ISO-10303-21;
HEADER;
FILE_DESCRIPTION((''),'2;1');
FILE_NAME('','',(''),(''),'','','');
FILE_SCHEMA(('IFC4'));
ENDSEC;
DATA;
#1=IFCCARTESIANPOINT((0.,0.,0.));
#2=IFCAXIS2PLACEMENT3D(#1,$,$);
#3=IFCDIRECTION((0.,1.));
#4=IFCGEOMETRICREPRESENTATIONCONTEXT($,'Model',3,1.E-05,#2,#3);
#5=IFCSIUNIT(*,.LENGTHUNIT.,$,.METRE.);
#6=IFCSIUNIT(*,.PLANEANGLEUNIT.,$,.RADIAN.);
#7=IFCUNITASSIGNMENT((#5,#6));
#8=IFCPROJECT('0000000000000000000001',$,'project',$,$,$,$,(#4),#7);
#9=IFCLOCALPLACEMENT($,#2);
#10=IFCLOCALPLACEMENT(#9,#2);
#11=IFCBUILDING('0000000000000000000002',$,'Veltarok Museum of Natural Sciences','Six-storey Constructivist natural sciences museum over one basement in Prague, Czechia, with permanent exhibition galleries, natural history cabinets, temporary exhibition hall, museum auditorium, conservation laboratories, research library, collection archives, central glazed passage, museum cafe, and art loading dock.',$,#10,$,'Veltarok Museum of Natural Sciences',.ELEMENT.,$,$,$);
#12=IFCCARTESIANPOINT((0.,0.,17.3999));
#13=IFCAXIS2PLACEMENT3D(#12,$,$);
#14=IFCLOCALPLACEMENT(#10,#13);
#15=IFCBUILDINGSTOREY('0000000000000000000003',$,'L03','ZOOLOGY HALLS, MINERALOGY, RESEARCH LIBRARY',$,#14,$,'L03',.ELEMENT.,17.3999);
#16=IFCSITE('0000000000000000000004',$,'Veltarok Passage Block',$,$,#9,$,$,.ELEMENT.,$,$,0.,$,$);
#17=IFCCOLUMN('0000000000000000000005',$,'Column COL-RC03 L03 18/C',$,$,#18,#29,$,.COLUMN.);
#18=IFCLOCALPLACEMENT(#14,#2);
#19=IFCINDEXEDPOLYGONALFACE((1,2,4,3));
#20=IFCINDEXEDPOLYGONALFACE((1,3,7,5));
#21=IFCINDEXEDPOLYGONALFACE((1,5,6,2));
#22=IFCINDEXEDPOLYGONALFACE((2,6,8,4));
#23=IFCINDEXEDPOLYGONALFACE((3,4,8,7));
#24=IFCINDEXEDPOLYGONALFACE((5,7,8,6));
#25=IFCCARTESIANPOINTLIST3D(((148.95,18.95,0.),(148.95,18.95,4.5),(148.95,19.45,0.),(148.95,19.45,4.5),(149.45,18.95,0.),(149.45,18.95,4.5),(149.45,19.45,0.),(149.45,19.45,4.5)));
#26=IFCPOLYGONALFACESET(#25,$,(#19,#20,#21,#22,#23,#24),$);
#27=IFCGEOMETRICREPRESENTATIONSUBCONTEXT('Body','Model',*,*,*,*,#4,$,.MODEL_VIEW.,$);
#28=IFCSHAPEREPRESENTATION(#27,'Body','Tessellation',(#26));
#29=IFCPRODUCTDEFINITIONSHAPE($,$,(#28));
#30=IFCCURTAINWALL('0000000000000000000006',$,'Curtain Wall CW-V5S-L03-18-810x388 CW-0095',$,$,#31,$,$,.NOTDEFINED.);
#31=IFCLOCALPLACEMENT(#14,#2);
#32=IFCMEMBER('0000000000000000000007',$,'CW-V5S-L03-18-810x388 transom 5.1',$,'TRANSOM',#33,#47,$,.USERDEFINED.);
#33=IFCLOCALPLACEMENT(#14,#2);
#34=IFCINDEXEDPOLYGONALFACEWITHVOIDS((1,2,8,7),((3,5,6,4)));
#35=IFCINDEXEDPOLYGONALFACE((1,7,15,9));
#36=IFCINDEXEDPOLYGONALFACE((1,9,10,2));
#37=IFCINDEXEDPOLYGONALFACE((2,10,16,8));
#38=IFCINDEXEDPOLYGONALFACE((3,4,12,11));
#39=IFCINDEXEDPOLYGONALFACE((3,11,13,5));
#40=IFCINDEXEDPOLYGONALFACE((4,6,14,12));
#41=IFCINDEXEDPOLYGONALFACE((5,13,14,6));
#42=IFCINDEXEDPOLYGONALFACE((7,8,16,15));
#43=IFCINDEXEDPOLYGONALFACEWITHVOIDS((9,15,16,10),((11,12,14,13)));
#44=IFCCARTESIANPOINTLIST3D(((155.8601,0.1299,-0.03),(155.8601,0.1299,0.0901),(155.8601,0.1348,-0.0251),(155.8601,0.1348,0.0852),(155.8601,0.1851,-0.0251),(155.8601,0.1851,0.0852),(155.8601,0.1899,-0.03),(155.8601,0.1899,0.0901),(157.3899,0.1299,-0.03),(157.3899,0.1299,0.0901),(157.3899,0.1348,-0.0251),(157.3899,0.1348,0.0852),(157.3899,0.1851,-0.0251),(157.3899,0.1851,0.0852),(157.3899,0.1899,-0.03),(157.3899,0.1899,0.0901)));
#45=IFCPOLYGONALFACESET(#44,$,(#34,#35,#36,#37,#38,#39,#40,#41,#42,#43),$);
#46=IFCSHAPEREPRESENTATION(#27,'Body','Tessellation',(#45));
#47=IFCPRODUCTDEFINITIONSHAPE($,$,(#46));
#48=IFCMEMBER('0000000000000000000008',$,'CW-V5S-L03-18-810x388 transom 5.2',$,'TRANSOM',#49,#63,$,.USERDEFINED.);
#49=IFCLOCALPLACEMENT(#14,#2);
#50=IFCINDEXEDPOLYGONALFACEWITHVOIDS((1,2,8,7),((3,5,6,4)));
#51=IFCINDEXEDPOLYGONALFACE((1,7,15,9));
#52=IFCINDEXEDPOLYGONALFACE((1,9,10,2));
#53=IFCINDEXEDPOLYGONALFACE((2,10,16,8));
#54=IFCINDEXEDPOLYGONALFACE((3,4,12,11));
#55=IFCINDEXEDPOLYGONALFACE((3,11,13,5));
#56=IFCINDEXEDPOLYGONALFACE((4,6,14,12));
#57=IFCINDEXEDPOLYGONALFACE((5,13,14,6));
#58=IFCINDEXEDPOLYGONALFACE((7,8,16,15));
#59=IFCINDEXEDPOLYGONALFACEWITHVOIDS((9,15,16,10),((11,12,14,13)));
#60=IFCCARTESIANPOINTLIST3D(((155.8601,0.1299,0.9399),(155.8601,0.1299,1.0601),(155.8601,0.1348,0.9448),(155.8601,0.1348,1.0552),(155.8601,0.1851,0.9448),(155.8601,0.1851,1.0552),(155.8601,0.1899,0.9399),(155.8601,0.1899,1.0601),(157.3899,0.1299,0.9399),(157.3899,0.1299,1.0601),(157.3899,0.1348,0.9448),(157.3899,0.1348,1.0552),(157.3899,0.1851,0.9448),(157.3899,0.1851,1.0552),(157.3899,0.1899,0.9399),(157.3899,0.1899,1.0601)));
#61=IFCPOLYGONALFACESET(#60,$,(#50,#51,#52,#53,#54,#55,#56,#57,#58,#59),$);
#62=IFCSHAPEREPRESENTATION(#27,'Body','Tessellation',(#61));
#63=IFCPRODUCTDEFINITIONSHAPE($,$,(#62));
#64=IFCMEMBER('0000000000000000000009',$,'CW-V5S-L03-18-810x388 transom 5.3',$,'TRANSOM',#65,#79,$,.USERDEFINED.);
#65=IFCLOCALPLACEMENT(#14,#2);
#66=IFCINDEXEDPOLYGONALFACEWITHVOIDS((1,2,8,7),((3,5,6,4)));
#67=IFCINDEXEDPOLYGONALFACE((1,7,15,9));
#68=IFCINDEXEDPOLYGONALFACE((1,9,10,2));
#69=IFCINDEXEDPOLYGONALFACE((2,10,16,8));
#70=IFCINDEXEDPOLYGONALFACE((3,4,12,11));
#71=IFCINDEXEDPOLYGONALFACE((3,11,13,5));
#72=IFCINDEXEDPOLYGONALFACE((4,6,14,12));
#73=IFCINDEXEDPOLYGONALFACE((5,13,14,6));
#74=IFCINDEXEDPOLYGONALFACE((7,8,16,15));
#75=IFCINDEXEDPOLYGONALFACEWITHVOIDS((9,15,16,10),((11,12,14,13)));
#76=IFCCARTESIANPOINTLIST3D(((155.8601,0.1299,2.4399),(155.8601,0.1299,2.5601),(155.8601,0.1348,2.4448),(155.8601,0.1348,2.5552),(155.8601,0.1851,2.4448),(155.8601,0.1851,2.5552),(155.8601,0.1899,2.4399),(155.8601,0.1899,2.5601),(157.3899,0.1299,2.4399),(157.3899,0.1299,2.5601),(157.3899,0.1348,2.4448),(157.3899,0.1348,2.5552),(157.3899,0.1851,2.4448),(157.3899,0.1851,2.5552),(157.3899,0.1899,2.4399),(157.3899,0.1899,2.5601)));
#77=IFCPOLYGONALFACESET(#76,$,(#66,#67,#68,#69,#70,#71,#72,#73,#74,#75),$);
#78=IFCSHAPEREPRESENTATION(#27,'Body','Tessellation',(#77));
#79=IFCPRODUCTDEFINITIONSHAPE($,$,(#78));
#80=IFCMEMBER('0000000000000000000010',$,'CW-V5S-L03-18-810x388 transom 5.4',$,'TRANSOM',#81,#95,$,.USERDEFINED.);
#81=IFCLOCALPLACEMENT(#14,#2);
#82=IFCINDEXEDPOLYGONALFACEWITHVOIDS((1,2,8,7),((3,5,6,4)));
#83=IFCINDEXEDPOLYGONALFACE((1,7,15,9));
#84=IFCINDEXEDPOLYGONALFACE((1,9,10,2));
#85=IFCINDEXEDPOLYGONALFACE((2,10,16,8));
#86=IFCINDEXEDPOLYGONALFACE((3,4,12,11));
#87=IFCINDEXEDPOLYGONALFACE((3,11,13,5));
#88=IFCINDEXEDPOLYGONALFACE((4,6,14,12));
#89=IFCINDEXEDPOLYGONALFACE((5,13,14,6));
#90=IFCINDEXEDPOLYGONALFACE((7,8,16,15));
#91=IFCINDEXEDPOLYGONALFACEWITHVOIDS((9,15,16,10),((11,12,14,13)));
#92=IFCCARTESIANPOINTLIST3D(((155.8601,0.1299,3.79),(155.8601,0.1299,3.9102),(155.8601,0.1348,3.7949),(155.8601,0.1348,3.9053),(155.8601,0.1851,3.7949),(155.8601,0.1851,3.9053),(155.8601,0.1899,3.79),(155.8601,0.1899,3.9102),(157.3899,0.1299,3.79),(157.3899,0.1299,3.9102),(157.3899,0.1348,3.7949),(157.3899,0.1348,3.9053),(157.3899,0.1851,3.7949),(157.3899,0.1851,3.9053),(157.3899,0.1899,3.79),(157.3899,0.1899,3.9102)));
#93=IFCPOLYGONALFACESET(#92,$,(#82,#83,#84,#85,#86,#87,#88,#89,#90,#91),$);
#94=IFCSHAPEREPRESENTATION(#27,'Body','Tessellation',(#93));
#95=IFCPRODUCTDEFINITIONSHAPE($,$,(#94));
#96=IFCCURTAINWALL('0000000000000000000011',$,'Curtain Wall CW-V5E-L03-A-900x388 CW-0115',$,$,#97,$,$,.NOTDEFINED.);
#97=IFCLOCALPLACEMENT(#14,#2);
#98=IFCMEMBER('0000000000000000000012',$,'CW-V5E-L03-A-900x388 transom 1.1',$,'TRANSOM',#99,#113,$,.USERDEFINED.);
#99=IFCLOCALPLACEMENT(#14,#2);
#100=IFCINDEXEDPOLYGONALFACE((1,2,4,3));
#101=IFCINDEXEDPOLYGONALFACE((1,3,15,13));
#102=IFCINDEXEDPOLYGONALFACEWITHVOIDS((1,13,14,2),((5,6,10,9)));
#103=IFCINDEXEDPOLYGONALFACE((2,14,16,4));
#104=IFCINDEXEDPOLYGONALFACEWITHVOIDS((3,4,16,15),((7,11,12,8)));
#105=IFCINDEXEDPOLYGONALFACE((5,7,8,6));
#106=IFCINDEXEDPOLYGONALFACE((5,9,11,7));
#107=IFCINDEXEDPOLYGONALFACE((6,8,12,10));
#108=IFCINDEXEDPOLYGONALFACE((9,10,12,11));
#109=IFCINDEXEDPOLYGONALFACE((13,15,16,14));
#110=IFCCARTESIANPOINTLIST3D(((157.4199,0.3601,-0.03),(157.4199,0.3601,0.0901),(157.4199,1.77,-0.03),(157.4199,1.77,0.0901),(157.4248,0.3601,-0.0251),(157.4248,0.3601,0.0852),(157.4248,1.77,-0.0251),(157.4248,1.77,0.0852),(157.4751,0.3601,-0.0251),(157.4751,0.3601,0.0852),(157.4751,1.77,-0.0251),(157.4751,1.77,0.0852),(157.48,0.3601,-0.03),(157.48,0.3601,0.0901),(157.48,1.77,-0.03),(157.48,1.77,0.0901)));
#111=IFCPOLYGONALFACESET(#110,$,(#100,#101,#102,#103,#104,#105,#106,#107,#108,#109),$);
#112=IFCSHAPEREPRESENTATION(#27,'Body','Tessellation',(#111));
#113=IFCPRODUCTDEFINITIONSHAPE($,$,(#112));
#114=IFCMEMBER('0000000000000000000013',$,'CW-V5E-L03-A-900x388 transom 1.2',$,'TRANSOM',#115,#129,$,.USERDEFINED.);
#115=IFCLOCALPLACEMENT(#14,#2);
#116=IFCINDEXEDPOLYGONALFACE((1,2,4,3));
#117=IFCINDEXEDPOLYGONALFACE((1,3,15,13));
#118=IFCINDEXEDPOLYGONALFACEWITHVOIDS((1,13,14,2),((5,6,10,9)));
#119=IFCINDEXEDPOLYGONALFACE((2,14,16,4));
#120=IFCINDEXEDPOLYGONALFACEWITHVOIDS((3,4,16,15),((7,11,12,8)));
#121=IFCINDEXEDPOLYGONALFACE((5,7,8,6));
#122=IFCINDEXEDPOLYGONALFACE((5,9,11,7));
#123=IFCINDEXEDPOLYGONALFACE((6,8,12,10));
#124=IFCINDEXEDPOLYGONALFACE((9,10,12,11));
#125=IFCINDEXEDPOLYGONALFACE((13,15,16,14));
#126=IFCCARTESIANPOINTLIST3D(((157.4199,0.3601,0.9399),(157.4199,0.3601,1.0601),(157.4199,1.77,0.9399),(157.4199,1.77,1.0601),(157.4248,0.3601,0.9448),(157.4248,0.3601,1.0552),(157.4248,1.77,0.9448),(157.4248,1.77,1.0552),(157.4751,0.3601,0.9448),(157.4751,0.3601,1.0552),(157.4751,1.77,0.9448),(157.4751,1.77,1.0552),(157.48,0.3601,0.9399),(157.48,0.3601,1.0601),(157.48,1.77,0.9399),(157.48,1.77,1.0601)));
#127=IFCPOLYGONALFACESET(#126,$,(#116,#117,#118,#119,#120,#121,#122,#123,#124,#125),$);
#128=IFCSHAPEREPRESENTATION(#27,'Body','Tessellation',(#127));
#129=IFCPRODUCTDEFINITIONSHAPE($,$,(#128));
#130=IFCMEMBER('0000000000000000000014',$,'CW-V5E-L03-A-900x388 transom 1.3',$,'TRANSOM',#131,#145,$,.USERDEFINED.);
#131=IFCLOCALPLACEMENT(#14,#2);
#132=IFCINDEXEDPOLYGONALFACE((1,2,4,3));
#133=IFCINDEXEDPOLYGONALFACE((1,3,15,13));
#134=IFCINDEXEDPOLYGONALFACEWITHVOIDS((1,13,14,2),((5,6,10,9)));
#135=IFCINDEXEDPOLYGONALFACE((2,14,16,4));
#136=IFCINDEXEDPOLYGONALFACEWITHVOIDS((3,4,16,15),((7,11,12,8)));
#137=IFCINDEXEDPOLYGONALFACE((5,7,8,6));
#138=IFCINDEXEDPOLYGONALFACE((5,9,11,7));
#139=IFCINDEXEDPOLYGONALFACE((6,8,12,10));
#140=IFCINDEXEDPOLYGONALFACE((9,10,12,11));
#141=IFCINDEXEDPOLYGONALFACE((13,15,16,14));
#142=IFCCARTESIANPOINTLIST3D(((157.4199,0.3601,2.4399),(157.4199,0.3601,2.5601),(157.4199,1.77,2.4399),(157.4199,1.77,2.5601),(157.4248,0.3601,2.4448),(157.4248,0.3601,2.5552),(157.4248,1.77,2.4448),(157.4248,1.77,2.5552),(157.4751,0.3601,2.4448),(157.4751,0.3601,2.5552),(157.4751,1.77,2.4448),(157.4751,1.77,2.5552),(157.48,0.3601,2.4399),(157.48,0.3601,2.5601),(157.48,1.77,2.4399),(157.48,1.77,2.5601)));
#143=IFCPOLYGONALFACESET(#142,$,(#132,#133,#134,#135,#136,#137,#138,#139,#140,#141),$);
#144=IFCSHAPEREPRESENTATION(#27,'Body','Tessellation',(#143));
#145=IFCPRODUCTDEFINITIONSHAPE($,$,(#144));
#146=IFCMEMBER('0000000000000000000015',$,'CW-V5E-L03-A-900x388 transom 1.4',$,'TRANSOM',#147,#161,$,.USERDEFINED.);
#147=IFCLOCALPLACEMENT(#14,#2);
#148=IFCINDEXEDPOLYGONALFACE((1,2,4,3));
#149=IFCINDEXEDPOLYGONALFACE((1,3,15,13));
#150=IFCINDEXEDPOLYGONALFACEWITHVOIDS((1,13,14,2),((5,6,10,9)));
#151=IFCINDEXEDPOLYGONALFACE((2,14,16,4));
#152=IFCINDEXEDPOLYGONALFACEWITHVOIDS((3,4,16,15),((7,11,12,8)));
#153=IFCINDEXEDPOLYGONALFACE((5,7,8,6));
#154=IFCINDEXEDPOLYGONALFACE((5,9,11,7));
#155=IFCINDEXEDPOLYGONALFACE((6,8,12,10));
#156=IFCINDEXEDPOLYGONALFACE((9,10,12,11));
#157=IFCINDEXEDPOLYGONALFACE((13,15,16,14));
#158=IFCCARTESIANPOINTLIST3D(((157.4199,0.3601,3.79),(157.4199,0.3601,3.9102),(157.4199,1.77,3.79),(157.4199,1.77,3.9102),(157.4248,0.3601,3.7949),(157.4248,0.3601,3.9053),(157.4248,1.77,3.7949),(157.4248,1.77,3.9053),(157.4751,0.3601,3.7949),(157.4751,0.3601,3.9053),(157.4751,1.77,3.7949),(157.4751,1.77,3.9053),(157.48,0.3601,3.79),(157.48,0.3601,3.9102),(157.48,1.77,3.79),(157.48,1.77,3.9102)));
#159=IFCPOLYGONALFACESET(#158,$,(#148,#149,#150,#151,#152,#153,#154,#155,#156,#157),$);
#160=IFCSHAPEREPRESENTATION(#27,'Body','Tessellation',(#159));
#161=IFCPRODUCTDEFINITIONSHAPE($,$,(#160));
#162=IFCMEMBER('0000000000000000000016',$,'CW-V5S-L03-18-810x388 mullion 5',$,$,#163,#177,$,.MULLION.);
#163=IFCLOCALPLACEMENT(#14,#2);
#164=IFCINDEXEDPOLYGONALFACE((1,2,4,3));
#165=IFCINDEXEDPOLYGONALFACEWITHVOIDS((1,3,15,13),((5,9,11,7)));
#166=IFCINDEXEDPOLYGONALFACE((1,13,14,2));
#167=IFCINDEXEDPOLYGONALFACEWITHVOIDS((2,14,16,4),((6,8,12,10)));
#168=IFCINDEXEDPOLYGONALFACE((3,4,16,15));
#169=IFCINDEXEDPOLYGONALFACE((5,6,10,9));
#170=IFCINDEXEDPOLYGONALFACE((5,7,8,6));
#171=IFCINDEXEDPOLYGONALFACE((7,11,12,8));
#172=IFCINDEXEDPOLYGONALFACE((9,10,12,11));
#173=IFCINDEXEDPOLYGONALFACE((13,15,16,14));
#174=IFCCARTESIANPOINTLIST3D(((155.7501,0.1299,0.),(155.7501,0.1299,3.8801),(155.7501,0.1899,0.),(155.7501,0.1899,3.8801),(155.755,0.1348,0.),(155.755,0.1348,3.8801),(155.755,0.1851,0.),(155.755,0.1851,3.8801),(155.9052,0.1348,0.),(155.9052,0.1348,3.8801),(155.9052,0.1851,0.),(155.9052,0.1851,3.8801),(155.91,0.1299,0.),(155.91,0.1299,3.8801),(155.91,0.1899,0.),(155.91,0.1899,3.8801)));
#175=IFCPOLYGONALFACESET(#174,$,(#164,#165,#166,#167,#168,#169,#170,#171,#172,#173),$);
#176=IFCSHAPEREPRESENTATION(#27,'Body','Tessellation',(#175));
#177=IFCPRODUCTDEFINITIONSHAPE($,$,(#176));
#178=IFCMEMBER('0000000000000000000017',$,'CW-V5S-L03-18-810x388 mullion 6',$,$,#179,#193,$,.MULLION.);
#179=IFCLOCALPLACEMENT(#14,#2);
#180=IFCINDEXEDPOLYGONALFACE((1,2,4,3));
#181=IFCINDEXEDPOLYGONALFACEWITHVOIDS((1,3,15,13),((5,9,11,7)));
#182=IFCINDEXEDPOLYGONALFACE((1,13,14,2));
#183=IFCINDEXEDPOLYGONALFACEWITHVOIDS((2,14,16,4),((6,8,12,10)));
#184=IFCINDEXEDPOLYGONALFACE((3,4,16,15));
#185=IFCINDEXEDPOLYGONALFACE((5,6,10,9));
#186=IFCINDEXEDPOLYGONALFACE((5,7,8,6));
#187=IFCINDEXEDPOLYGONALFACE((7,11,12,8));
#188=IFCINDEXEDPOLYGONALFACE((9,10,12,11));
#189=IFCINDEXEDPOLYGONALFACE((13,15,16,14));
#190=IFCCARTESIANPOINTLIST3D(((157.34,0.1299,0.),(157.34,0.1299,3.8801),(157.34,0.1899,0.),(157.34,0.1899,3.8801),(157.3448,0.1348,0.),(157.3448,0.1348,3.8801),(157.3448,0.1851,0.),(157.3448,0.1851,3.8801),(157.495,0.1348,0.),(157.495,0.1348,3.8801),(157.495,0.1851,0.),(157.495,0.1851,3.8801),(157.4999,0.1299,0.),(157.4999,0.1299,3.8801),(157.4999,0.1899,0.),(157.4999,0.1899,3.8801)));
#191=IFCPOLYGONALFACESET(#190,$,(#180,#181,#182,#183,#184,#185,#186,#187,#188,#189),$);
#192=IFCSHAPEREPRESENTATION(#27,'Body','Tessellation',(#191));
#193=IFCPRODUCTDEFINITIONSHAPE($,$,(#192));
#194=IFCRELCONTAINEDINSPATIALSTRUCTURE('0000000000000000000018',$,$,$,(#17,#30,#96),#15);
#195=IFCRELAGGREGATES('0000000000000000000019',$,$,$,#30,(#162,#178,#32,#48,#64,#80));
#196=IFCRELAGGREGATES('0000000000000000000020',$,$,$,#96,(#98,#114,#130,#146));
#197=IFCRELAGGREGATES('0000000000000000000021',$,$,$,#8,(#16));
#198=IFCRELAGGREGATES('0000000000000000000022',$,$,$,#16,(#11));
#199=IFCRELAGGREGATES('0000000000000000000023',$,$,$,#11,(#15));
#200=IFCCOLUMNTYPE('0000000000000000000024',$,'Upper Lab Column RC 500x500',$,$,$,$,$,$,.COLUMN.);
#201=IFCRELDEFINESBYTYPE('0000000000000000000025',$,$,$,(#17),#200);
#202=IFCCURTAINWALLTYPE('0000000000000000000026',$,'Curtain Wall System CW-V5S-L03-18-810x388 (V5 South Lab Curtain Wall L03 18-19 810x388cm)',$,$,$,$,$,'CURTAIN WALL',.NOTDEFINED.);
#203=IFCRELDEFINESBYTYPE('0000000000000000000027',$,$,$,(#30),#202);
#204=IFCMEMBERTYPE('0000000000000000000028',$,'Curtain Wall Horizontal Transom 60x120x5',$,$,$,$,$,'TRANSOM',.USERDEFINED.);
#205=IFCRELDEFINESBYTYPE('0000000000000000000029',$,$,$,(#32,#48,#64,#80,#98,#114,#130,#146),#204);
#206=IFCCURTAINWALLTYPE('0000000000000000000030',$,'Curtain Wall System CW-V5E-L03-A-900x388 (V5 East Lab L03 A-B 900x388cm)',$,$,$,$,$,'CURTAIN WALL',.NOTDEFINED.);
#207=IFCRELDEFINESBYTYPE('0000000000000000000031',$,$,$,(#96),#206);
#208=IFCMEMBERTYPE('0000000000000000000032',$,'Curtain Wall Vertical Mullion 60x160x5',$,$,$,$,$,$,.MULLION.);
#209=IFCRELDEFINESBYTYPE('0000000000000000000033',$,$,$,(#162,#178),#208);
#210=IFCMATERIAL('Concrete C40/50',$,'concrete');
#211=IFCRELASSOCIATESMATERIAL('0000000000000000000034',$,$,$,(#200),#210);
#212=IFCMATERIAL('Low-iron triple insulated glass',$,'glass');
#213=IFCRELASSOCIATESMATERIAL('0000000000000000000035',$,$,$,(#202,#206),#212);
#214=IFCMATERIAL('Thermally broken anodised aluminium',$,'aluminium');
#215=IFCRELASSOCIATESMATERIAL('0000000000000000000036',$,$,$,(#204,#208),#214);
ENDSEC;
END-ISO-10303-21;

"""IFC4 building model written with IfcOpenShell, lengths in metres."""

from ifc_helpers import new_model, si_unit, direction, frame, origin, origin_2d, place, context, subcontext, project, spatial, rectangle, hollow_rectangle, extrude, material, material_profile, profile_set, type_object, element, aggregate, save


model = new_model("IFC4")

# Units and contexts
model_context = context("Model", 3, precision=1e-05, world=origin(), true_north=direction((0.0, 1.0)))
body_context = subcontext(model_context, "Body", "Model", "MODEL_VIEW")
ifc_project = project(units=[si_unit("LENGTHUNIT", "METRE"), si_unit("PLANEANGLEUNIT", "RADIAN")], contexts=[model_context])

# Site, building, storey
site_placement = place(None, origin())
site = spatial("IfcSite", under=ifc_project, at=site_placement, Name="Veltarok Passage Block", CompositionType="ELEMENT", RefElevation=0.0)
building_placement = place(site_placement, origin())
building = spatial("IfcBuilding", under=site, at=building_placement, Name="Veltarok Museum of Natural Sciences", Description="Six-storey Constructivist natural sciences museum over one basement in Prague, Czechia, with permanent exhibition galleries, natural history cabinets, temporary exhibition hall, museum auditorium, conservation laboratories, research library, collection archives, central glazed passage, museum cafe, and art loading dock.", LongName="Veltarok Museum of Natural Sciences", CompositionType="ELEMENT")
storey_placement = place(building_placement, frame((0.0, 0.0, 17.3999)))
storey = spatial("IfcBuildingStorey", under=building, at=storey_placement, Name="L03", Description="ZOOLOGY HALLS, MINERALOGY, RESEARCH LIBRARY", LongName="L03", CompositionType="ELEMENT", Elevation=17.3999)

# Column
ifc_material_1 = material(Name="Concrete C40/50", Category="concrete")
ifc_material_profile_1 = material_profile(ifc_material_1, rectangle(XDim=0.5, YDim=0.5, at=origin_2d()), Name="RC 500x500")
ifc_profile_set_1 = profile_set([ifc_material_profile_1], Name="Concrete C40/50")
column_type = type_object("IfcColumnType", Name="Upper Lab Column RC 500x500", PredefinedType="COLUMN", material=ifc_profile_set_1)
column_placement = place(storey_placement, frame((149.2, 19.2, 0.0), z_axis=(0.0, 0.0, 1.0), x_axis=(1.0, 0.0, 0.0)))
element("IfcColumn", 1, at=column_placement, inside=storey, type_object=column_type, Name="Column COL-RC03 L03 18/C", PredefinedType="COLUMN", context=body_context, shape_type="SweptSolid", body=[
    extrude(rectangle(XDim=0.5, YDim=0.5, at=origin_2d()), origin(), (0.0, 0.0, 1.0), 4.5),
])

# Curtain walls, members
ifc_material_2 = material(Name="Low-iron triple insulated glass", Category="glass")
curtain_wall_type_1 = type_object("IfcCurtainWallType", Name="Curtain Wall System CW-V5S-L03-18-810x388 (V5 South Lab Curtain Wall L03 18-19 810x388cm)", ElementType="CURTAIN WALL", PredefinedType="NOTDEFINED", material=ifc_material_2)
curtain_wall_1_placement = place(storey_placement, origin())
curtain_wall_1 = element("IfcCurtainWall", 2, at=curtain_wall_1_placement, inside=storey, type_object=curtain_wall_type_1, Name="Curtain Wall CW-V5S-L03-18-810x388 CW-0095", PredefinedType="NOTDEFINED")
ifc_material_3 = material(Name="Thermally broken anodised aluminium", Category="aluminium")
ifc_material_profile_2 = material_profile(ifc_material_3, hollow_rectangle(XDim=0.0601, YDim=0.1201, WallThickness=0.0049, at=origin_2d()), Name="CW TRANSOM 60x120x5")
ifc_profile_set_2 = profile_set([ifc_material_profile_2], Name="Thermally broken anodised aluminium")
member_type_1 = type_object("IfcMemberType", Name="Curtain Wall Horizontal Transom 60x120x5", ElementType="TRANSOM", PredefinedType="USERDEFINED", material=ifc_profile_set_2)
member_1_placement = place(storey_placement, frame((155.8601, 0.1599, 0.03), z_axis=(1.0, 0.0, 0.0), x_axis=(0.0, 1.0, 0.0)))
member_1 = element("IfcMember", 3, at=member_1_placement, type_object=member_type_1, Name="CW-V5S-L03-18-810x388 transom 5.1", ObjectType="TRANSOM", PredefinedType="USERDEFINED", context=body_context, shape_type="SweptSolid", body=[
    extrude(hollow_rectangle(XDim=0.0601, YDim=0.1201, WallThickness=0.0049, at=origin_2d()), origin(), (0.0, 0.0, 1.0), 1.5298),
])
member_2_placement = place(storey_placement, frame((155.8601, 0.1599, 1.0), z_axis=(1.0, 0.0, 0.0), x_axis=(0.0, 1.0, 0.0)))
member_2 = element("IfcMember", 4, at=member_2_placement, type_object=member_type_1, Name="CW-V5S-L03-18-810x388 transom 5.2", ObjectType="TRANSOM", PredefinedType="USERDEFINED", context=body_context, shape_type="SweptSolid", body=[
    extrude(hollow_rectangle(XDim=0.0601, YDim=0.1201, WallThickness=0.0049, at=origin_2d()), origin(), (0.0, 0.0, 1.0), 1.5298),
])
member_3_placement = place(storey_placement, frame((155.8601, 0.1599, 2.5), z_axis=(1.0, 0.0, 0.0), x_axis=(0.0, 1.0, 0.0)))
member_3 = element("IfcMember", 5, at=member_3_placement, type_object=member_type_1, Name="CW-V5S-L03-18-810x388 transom 5.3", ObjectType="TRANSOM", PredefinedType="USERDEFINED", context=body_context, shape_type="SweptSolid", body=[
    extrude(hollow_rectangle(XDim=0.0601, YDim=0.1201, WallThickness=0.0049, at=origin_2d()), origin(), (0.0, 0.0, 1.0), 1.5298),
])
member_4_placement = place(storey_placement, frame((155.8601, 0.1599, 3.8501), z_axis=(1.0, 0.0, 0.0), x_axis=(0.0, 1.0, 0.0)))
member_4 = element("IfcMember", 6, at=member_4_placement, type_object=member_type_1, Name="CW-V5S-L03-18-810x388 transom 5.4", ObjectType="TRANSOM", PredefinedType="USERDEFINED", context=body_context, shape_type="SweptSolid", body=[
    extrude(hollow_rectangle(XDim=0.0601, YDim=0.1201, WallThickness=0.0049, at=origin_2d()), origin(), (0.0, 0.0, 1.0), 1.5298),
])
curtain_wall_type_2 = type_object("IfcCurtainWallType", Name="Curtain Wall System CW-V5E-L03-A-900x388 (V5 East Lab L03 A-B 900x388cm)", ElementType="CURTAIN WALL", PredefinedType="NOTDEFINED", material=ifc_material_2)
curtain_wall_2_placement = place(storey_placement, origin())
curtain_wall_2 = element("IfcCurtainWall", 7, at=curtain_wall_2_placement, inside=storey, type_object=curtain_wall_type_2, Name="Curtain Wall CW-V5E-L03-A-900x388 CW-0115", PredefinedType="NOTDEFINED")
member_5_placement = place(storey_placement, frame((157.45, 0.3601, 0.03), z_axis=(0.0, 1.0, 0.0), x_axis=(-1.0, 0.0, 0.0)))
member_5 = element("IfcMember", 8, at=member_5_placement, type_object=member_type_1, Name="CW-V5E-L03-A-900x388 transom 1.1", ObjectType="TRANSOM", PredefinedType="USERDEFINED", context=body_context, shape_type="SweptSolid", body=[
    extrude(hollow_rectangle(XDim=0.0601, YDim=0.1201, WallThickness=0.0049, at=origin_2d()), origin(), (0.0, 0.0, 1.0), 1.4099),
])
member_6_placement = place(storey_placement, frame((157.45, 0.3601, 1.0), z_axis=(0.0, 1.0, 0.0), x_axis=(-1.0, 0.0, 0.0)))
member_6 = element("IfcMember", 9, at=member_6_placement, type_object=member_type_1, Name="CW-V5E-L03-A-900x388 transom 1.2", ObjectType="TRANSOM", PredefinedType="USERDEFINED", context=body_context, shape_type="SweptSolid", body=[
    extrude(hollow_rectangle(XDim=0.0601, YDim=0.1201, WallThickness=0.0049, at=origin_2d()), origin(), (0.0, 0.0, 1.0), 1.4099),
])
member_7_placement = place(storey_placement, frame((157.45, 0.3601, 2.5), z_axis=(0.0, 1.0, 0.0), x_axis=(-1.0, 0.0, 0.0)))
member_7 = element("IfcMember", 10, at=member_7_placement, type_object=member_type_1, Name="CW-V5E-L03-A-900x388 transom 1.3", ObjectType="TRANSOM", PredefinedType="USERDEFINED", context=body_context, shape_type="SweptSolid", body=[
    extrude(hollow_rectangle(XDim=0.0601, YDim=0.1201, WallThickness=0.0049, at=origin_2d()), origin(), (0.0, 0.0, 1.0), 1.4099),
])
member_8_placement = place(storey_placement, frame((157.45, 0.3601, 3.8501), z_axis=(0.0, 1.0, 0.0), x_axis=(-1.0, 0.0, 0.0)))
member_8 = element("IfcMember", 11, at=member_8_placement, type_object=member_type_1, Name="CW-V5E-L03-A-900x388 transom 1.4", ObjectType="TRANSOM", PredefinedType="USERDEFINED", context=body_context, shape_type="SweptSolid", body=[
    extrude(hollow_rectangle(XDim=0.0601, YDim=0.1201, WallThickness=0.0049, at=origin_2d()), origin(), (0.0, 0.0, 1.0), 1.4099),
])

# Members
ifc_material_profile_3 = material_profile(ifc_material_3, hollow_rectangle(XDim=0.0601, YDim=0.1599, WallThickness=0.0049, at=origin_2d()), Name="CW MULLION 60x160x5")
ifc_profile_set_3 = profile_set([ifc_material_profile_3], Name="Thermally broken anodised aluminium")
member_type_2 = type_object("IfcMemberType", Name="Curtain Wall Vertical Mullion 60x160x5", PredefinedType="MULLION", material=ifc_profile_set_3)
member_9_placement = place(storey_placement, frame((155.8301, 0.1599, 0.0), z_axis=(0.0, 0.0, 1.0), x_axis=(0.0, 1.0, 0.0)))
member_9 = element("IfcMember", 12, at=member_9_placement, type_object=member_type_2, Name="CW-V5S-L03-18-810x388 mullion 5", PredefinedType="MULLION", context=body_context, shape_type="SweptSolid", body=[
    extrude(hollow_rectangle(XDim=0.0601, YDim=0.1599, WallThickness=0.0049, at=origin_2d()), origin(), (0.0, 0.0, 1.0), 3.8801),
])
member_10_placement = place(storey_placement, frame((157.4199, 0.1599, 0.0), z_axis=(0.0, 0.0, 1.0), x_axis=(0.0, 1.0, 0.0)))
member_10 = element("IfcMember", 13, at=member_10_placement, type_object=member_type_2, Name="CW-V5S-L03-18-810x388 mullion 6", PredefinedType="MULLION", context=body_context, shape_type="SweptSolid", body=[
    extrude(hollow_rectangle(XDim=0.0601, YDim=0.1599, WallThickness=0.0049, at=origin_2d()), origin(), (0.0, 0.0, 1.0), 3.8801),
])

aggregate(curtain_wall_1, [member_9, member_10, member_1, member_2, member_3, member_4])
aggregate(curtain_wall_2, [member_5, member_6, member_7, member_8])

save(model, "model.ifc")
